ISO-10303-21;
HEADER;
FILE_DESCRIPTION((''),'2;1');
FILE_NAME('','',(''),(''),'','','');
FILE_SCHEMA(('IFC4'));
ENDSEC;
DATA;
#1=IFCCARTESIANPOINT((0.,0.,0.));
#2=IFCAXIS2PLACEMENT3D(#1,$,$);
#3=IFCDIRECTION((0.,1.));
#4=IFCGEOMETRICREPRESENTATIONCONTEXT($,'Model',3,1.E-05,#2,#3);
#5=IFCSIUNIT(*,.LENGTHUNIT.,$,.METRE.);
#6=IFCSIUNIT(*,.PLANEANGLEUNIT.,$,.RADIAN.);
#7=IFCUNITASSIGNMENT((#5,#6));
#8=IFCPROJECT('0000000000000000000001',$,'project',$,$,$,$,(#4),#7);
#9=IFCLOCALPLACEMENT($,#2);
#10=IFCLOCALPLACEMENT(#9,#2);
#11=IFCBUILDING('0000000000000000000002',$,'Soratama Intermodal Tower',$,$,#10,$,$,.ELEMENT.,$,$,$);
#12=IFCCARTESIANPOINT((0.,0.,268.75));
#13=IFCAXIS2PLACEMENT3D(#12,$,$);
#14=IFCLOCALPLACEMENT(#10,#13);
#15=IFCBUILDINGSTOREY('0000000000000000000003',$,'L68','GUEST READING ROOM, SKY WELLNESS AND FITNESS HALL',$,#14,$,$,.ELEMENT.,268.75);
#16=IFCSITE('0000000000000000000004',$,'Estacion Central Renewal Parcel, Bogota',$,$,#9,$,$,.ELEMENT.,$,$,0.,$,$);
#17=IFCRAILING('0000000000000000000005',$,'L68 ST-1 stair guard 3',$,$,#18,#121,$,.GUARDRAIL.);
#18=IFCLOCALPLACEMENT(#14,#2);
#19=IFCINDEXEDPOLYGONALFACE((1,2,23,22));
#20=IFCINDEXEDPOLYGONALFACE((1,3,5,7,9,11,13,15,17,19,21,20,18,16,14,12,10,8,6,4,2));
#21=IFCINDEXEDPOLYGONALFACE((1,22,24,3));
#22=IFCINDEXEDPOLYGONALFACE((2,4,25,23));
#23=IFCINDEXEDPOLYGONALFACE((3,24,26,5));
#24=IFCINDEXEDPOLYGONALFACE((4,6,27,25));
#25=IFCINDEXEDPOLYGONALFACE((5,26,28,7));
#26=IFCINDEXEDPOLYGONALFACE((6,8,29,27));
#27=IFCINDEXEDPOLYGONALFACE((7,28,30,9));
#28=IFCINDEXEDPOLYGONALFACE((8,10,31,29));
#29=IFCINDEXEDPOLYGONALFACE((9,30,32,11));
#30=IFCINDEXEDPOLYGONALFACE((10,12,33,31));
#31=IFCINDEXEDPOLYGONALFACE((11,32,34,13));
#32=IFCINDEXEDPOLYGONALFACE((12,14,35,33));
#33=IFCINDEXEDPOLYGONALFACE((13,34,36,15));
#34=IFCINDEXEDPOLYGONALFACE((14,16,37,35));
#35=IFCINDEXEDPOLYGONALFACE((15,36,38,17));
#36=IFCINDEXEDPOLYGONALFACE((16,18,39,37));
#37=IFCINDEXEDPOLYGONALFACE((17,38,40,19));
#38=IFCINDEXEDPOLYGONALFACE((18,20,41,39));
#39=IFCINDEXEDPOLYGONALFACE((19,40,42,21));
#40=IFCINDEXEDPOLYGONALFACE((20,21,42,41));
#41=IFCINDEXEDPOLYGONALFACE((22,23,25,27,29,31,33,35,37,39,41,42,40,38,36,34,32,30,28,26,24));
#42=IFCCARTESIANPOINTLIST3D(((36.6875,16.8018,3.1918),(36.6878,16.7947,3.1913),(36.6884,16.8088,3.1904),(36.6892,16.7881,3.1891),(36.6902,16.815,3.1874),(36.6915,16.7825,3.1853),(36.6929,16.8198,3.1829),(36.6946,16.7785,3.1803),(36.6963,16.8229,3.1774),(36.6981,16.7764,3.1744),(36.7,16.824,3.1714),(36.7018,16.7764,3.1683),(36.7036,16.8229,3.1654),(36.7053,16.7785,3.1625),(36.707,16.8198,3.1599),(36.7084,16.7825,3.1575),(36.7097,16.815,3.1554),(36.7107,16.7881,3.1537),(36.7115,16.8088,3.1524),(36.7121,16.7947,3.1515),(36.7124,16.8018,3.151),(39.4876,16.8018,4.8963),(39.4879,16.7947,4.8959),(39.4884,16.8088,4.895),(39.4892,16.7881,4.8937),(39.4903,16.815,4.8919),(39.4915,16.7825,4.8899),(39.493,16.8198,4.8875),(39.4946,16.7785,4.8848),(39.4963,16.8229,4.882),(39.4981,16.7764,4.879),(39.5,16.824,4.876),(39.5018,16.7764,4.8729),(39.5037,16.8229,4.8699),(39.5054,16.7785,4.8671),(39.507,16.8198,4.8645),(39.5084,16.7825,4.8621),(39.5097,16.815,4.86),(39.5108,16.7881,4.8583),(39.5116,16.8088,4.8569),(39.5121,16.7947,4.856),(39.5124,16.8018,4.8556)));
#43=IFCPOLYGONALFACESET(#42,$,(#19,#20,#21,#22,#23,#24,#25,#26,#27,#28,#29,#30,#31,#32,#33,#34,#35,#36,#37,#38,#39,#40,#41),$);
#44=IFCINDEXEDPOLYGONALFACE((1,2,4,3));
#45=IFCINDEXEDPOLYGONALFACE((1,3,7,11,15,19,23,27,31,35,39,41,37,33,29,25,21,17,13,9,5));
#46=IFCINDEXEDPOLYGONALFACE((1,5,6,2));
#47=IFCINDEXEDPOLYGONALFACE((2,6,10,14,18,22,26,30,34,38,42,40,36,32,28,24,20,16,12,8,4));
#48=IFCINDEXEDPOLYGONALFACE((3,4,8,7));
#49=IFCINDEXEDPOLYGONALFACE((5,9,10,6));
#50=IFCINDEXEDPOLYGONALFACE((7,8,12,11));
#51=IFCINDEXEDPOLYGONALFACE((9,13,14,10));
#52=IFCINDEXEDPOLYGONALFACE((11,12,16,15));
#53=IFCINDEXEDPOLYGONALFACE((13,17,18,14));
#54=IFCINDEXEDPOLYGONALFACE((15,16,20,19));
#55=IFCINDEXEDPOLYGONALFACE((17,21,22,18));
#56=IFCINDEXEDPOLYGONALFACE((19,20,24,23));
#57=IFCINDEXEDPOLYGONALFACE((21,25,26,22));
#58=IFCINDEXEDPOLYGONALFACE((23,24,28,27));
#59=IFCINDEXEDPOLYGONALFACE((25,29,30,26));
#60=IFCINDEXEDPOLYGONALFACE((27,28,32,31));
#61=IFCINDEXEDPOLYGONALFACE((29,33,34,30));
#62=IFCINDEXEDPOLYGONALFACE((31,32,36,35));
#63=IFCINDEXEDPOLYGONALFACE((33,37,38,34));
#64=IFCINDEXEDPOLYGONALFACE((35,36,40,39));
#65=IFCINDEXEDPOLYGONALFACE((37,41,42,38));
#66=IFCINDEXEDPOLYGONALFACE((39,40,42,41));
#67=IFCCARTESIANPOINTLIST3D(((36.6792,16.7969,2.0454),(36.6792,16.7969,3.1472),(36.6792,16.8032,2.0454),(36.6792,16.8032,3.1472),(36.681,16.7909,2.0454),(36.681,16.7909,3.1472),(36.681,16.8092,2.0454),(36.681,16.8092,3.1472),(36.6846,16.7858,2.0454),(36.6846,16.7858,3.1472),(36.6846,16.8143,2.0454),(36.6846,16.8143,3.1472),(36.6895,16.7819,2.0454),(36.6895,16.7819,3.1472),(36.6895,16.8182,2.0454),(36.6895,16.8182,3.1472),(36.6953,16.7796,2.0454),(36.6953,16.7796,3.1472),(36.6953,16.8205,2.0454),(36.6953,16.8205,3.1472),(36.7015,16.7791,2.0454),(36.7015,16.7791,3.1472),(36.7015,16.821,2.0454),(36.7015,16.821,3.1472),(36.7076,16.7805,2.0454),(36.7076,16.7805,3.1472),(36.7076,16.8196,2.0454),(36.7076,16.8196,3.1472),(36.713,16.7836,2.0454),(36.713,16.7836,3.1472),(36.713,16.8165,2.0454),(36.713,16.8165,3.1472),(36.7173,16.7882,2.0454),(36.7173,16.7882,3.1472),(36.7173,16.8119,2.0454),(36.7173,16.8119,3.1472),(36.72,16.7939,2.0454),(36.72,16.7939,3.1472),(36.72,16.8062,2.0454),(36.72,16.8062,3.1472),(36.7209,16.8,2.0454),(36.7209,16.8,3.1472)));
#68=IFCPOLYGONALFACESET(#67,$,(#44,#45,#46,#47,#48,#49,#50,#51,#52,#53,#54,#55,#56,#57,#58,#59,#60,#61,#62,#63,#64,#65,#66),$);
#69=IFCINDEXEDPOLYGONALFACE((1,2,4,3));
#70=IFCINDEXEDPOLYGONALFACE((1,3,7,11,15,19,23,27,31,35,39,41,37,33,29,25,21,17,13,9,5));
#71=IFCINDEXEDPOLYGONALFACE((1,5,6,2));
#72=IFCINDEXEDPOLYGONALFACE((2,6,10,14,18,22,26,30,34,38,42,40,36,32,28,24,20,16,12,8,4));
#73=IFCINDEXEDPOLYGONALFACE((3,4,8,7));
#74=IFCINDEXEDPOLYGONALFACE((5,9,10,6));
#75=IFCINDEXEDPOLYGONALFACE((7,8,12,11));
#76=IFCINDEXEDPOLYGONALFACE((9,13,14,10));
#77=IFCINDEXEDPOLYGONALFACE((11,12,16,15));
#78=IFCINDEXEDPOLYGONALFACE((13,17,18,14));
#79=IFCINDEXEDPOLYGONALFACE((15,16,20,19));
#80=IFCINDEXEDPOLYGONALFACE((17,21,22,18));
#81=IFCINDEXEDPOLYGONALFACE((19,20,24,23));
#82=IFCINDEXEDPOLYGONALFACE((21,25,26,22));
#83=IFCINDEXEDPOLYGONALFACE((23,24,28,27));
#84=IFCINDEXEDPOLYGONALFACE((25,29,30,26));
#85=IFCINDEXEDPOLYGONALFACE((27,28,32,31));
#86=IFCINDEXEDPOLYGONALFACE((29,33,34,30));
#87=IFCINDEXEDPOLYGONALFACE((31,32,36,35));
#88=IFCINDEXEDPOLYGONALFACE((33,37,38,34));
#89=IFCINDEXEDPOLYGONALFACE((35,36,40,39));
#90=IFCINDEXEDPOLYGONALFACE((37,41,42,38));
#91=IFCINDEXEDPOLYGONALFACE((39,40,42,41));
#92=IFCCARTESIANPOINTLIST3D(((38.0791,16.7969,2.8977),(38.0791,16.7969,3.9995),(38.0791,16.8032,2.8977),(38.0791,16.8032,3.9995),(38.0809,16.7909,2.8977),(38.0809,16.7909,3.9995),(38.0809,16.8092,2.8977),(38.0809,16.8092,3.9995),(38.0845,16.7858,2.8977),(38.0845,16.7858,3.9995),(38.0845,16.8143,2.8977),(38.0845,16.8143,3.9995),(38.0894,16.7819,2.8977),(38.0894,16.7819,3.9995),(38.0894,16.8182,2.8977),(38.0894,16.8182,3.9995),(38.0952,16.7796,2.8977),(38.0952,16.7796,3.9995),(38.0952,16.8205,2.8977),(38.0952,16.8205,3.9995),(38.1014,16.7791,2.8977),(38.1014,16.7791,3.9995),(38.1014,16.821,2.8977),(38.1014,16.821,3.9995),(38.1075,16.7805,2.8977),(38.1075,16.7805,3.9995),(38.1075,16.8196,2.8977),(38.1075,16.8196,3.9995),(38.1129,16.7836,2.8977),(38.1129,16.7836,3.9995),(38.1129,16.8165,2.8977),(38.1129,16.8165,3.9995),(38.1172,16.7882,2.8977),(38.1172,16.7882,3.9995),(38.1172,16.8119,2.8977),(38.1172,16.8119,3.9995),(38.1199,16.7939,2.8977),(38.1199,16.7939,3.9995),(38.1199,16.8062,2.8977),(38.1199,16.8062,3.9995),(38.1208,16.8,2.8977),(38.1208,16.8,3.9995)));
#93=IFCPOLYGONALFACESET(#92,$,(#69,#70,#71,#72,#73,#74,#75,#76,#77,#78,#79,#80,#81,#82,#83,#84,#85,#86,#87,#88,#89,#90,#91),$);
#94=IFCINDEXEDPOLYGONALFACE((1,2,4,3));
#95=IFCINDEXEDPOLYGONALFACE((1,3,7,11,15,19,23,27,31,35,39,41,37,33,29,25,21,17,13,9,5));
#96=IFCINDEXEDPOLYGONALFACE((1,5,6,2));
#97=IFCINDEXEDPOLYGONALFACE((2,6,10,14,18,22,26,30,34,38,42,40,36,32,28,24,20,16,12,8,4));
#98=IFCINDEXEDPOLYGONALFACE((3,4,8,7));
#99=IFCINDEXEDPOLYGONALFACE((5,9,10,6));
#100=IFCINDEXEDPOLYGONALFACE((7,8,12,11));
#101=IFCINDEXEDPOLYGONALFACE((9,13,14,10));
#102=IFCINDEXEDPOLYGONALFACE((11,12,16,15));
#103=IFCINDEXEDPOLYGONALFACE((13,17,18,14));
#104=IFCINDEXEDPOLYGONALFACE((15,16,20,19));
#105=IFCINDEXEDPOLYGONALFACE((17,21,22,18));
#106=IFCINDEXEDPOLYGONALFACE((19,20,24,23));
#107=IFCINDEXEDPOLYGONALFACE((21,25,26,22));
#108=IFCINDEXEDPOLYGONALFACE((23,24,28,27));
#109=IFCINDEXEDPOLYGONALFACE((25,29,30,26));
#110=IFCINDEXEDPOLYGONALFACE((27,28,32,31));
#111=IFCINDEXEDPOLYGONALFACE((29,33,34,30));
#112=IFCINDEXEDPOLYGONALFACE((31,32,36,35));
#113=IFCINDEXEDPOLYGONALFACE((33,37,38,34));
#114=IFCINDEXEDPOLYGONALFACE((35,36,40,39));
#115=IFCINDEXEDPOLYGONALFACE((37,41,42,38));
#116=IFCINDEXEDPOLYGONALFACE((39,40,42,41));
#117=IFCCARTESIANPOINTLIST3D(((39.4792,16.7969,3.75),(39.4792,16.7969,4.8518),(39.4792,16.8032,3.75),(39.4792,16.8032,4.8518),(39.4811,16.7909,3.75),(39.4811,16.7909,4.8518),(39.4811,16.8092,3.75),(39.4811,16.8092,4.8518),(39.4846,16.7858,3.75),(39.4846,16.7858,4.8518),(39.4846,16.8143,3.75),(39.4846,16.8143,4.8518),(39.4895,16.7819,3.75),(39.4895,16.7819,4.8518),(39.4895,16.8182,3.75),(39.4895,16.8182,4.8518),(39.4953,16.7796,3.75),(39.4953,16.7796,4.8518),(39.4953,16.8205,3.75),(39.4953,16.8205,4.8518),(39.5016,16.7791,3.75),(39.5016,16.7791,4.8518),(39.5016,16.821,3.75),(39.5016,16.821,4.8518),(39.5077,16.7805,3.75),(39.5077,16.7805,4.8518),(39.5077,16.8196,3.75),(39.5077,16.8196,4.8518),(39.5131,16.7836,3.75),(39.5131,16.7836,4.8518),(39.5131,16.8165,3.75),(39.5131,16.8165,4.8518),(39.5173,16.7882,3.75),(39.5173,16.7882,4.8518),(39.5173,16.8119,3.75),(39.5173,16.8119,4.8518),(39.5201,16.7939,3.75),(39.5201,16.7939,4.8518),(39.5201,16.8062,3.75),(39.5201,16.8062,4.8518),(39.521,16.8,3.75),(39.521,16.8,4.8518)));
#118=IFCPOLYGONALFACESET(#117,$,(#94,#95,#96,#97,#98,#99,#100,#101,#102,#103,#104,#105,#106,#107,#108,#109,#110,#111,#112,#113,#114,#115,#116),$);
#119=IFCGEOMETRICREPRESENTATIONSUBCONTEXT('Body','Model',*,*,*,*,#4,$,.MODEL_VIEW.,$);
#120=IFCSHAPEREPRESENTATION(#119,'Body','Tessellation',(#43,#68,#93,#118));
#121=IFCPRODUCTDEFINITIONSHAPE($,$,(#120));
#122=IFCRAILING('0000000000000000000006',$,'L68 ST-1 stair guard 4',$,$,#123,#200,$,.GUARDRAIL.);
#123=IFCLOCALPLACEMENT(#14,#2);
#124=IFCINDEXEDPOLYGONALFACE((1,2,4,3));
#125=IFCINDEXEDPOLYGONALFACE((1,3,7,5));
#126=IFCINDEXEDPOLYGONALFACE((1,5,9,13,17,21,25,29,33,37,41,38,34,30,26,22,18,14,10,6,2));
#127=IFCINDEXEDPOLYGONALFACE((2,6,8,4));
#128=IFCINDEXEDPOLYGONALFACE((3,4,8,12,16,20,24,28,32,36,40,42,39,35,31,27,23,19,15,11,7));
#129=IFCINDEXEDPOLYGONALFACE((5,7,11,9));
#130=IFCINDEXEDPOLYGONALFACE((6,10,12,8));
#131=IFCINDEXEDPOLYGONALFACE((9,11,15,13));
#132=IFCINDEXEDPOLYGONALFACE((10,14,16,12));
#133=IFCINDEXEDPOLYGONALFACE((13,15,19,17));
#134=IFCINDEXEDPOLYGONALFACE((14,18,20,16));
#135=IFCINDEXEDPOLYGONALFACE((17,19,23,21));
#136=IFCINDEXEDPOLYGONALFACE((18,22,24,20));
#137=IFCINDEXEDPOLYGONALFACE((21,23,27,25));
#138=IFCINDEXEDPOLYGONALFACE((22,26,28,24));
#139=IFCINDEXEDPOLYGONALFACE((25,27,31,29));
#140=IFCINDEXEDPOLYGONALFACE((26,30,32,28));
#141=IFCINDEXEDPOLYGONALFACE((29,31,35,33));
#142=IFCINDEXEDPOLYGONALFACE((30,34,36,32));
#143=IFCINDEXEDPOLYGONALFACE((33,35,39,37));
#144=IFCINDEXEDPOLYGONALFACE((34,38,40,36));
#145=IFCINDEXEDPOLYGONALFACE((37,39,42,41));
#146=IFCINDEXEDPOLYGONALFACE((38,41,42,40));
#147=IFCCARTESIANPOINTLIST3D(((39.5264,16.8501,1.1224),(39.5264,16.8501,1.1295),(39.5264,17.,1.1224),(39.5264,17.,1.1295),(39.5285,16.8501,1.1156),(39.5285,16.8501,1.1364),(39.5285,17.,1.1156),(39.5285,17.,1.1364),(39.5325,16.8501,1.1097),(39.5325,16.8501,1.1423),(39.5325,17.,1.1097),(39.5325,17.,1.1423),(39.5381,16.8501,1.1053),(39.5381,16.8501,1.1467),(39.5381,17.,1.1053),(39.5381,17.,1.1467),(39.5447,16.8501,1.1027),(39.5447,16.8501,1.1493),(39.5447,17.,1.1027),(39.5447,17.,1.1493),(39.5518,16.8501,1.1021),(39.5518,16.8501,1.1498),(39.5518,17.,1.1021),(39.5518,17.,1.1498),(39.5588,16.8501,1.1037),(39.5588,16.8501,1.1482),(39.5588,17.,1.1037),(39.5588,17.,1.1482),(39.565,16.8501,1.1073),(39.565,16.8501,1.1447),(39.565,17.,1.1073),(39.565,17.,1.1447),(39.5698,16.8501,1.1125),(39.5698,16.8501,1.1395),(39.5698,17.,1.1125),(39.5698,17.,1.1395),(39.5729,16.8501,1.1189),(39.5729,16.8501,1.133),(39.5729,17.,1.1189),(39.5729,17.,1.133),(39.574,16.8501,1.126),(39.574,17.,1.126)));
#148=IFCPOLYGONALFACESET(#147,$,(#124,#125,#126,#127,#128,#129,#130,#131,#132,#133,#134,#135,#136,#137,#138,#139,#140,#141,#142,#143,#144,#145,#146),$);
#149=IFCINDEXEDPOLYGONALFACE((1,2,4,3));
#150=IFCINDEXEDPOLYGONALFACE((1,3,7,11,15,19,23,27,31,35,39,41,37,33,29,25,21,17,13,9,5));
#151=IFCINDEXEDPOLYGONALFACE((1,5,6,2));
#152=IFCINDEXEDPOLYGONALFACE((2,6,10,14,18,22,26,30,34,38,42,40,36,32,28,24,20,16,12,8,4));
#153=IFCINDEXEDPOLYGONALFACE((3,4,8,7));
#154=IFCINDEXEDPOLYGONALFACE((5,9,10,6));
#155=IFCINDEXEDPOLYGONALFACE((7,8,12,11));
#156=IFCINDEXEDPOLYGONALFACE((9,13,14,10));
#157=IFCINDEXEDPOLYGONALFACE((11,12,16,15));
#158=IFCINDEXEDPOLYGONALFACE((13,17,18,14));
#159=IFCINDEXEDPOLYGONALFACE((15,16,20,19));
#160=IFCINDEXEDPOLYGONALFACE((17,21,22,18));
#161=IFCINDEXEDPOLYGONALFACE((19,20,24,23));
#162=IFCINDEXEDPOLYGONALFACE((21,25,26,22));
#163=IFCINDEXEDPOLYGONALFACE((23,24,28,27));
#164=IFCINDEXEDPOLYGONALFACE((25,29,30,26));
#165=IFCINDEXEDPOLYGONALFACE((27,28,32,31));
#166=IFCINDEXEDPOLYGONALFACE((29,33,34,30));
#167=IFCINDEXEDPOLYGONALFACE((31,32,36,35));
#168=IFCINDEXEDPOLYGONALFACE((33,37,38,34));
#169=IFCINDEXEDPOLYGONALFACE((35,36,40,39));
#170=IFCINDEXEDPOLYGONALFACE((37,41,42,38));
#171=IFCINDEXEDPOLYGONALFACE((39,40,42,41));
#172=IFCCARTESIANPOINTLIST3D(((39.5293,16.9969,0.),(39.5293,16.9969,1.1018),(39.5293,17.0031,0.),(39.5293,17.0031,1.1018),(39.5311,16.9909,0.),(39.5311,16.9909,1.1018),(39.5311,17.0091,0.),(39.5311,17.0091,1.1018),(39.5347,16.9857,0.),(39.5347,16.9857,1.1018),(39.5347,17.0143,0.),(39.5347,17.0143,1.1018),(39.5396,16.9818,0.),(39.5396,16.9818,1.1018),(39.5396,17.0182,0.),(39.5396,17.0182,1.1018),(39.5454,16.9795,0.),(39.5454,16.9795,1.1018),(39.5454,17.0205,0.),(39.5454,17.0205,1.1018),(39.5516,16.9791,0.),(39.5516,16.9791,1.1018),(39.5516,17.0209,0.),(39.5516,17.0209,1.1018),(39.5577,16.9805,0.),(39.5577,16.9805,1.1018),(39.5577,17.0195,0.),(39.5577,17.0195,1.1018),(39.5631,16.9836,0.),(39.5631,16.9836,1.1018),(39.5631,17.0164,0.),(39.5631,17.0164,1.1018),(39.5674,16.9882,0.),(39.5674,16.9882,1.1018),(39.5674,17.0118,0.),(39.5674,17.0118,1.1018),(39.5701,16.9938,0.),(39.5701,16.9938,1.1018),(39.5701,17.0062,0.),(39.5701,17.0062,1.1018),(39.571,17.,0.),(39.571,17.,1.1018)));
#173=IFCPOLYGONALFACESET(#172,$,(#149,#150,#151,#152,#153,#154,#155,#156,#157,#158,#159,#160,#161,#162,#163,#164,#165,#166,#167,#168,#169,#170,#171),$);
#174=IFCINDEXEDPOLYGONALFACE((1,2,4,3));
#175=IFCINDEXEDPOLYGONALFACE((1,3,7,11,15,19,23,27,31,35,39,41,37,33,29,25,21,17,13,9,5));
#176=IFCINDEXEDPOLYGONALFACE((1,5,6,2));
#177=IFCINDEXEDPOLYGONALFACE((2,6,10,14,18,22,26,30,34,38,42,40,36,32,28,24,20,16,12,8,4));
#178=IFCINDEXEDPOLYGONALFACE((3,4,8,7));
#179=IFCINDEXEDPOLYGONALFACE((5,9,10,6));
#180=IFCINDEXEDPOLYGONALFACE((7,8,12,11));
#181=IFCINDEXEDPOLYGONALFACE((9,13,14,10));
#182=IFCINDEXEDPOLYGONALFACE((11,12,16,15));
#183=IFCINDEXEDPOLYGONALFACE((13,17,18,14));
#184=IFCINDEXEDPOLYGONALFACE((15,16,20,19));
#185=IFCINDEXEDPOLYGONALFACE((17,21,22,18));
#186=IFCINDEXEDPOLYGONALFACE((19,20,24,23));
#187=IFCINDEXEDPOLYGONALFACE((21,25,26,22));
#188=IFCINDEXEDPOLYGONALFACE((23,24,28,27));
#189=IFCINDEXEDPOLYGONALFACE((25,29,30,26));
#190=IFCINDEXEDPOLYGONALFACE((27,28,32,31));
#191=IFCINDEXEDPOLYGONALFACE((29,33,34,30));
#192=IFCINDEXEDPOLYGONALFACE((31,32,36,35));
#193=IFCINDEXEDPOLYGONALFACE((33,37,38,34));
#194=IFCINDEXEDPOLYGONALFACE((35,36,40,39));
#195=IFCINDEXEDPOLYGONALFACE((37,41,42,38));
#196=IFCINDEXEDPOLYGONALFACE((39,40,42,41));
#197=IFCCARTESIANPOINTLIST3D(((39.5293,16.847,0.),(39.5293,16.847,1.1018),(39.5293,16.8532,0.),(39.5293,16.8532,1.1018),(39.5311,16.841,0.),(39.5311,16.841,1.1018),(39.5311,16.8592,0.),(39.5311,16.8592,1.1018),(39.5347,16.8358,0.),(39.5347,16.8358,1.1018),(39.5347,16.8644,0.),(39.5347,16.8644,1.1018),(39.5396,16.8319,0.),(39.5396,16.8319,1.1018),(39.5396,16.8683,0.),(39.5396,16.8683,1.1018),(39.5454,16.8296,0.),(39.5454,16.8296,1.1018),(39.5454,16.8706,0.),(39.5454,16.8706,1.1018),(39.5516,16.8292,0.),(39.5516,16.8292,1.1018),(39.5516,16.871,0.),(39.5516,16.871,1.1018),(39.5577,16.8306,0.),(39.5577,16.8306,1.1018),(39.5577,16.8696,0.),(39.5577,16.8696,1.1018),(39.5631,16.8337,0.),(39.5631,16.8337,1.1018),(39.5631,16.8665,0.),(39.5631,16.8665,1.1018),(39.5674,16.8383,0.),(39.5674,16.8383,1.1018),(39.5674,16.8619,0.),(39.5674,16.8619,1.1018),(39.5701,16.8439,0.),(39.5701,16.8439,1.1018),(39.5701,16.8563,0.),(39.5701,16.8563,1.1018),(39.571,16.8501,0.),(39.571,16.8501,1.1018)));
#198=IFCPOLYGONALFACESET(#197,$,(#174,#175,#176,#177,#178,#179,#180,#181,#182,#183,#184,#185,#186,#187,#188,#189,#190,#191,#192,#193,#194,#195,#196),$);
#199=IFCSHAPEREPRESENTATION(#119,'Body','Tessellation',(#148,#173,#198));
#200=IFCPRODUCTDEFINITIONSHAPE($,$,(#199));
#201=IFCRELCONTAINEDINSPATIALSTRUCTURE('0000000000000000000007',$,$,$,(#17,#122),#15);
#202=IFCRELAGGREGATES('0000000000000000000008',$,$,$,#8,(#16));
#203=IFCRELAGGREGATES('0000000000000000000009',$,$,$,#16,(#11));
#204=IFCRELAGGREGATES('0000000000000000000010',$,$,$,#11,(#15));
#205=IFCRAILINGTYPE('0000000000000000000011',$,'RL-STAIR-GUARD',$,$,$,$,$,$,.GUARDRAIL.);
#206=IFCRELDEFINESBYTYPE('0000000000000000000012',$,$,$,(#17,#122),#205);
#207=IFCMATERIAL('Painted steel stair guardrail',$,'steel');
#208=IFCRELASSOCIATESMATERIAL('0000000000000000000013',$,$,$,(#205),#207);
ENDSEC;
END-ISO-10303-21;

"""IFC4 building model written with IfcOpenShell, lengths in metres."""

from ifc_helpers import new_model, si_unit, direction, frame, origin, origin_2d, place, context, subcontext, project, spatial, circle, extrude, material, type_object, element, save


model = new_model("IFC4")

# Units and contexts
model_context = context("Model", 3, precision=1e-05, world=origin(), true_north=direction((0.0, 1.0)))
body_context = subcontext(model_context, "Body", "Model", "MODEL_VIEW")
ifc_project = project(units=[si_unit("LENGTHUNIT", "METRE"), si_unit("PLANEANGLEUNIT", "RADIAN")], contexts=[model_context])

# Site, building, storey
site_placement = place(None, origin())
site = spatial("IfcSite", under=ifc_project, at=site_placement, Name="Estacion Central Renewal Parcel, Bogota", CompositionType="ELEMENT", RefElevation=0.0)
building_placement = place(site_placement, origin())
building = spatial("IfcBuilding", under=site, at=building_placement, Name="Soratama Intermodal Tower", CompositionType="ELEMENT")
storey_placement = place(building_placement, frame((0.0, 0.0, 268.75)))
storey = spatial("IfcBuildingStorey", under=building, at=storey_placement, Name="L68", Description="GUEST READING ROOM, SKY WELLNESS AND FITNESS HALL", CompositionType="ELEMENT", Elevation=268.75)

# Railings
ifc_material_1 = material(Name="Painted steel stair guardrail", Category="steel")
railing_type_1 = type_object("IfcRailingType", Name="RL-STAIR-GUARD", PredefinedType="GUARDRAIL", material=ifc_material_1)
railing_1_placement = place(storey_placement, frame((36.7, 16.8, 2.0454)))
element("IfcRailing", 1, at=railing_1_placement, inside=storey, type_object=railing_type_1, Name="L68 ST-1 stair guard 3", PredefinedType="GUARDRAIL", context=body_context, shape_type="SweptSolid", body=[
    extrude(circle(Radius=0.0239, at=origin_2d()), frame((0.0, 0.0, 1.126), z_axis=(0.85417, 0.0, 0.519994), x_axis=(0.0, 1.0, 0.0)), (0.0, 0.0, 1.0), 3.2781),
    extrude(circle(Radius=0.021, at=origin_2d()), origin(), (0.0, 0.0, 1.0), 1.1018),
    extrude(circle(Radius=0.021, at=origin_2d()), frame((1.3999, 0.0, 0.8523)), (0.0, 0.0, 1.0), 1.1018),
    extrude(circle(Radius=0.021, at=origin_2d()), frame((2.8, 0.0, 1.7046)), (0.0, 0.0, 1.0), 1.1018),
])
railing_2_placement = place(storey_placement, frame((39.55, 17.0, 0.0)))
element("IfcRailing", 2, at=railing_2_placement, inside=storey, type_object=railing_type_1, Name="L68 ST-1 stair guard 4", PredefinedType="GUARDRAIL", context=body_context, shape_type="SweptSolid", body=[
    extrude(circle(Radius=0.0239, at=origin_2d()), frame((0.0, 0.0, 1.126), z_axis=(0.0, -1.0, 0.0), x_axis=(1.0, 0.0, 0.0)), (0.0, 0.0, 1.0), 0.1499),
    extrude(circle(Radius=0.021, at=origin_2d()), origin(), (0.0, 0.0, 1.0), 1.1018),
    extrude(circle(Radius=0.021, at=origin_2d()), frame((0.0, -0.1499, 0.0)), (0.0, 0.0, 1.0), 1.1018),
])

save(model, "model.ifc")
